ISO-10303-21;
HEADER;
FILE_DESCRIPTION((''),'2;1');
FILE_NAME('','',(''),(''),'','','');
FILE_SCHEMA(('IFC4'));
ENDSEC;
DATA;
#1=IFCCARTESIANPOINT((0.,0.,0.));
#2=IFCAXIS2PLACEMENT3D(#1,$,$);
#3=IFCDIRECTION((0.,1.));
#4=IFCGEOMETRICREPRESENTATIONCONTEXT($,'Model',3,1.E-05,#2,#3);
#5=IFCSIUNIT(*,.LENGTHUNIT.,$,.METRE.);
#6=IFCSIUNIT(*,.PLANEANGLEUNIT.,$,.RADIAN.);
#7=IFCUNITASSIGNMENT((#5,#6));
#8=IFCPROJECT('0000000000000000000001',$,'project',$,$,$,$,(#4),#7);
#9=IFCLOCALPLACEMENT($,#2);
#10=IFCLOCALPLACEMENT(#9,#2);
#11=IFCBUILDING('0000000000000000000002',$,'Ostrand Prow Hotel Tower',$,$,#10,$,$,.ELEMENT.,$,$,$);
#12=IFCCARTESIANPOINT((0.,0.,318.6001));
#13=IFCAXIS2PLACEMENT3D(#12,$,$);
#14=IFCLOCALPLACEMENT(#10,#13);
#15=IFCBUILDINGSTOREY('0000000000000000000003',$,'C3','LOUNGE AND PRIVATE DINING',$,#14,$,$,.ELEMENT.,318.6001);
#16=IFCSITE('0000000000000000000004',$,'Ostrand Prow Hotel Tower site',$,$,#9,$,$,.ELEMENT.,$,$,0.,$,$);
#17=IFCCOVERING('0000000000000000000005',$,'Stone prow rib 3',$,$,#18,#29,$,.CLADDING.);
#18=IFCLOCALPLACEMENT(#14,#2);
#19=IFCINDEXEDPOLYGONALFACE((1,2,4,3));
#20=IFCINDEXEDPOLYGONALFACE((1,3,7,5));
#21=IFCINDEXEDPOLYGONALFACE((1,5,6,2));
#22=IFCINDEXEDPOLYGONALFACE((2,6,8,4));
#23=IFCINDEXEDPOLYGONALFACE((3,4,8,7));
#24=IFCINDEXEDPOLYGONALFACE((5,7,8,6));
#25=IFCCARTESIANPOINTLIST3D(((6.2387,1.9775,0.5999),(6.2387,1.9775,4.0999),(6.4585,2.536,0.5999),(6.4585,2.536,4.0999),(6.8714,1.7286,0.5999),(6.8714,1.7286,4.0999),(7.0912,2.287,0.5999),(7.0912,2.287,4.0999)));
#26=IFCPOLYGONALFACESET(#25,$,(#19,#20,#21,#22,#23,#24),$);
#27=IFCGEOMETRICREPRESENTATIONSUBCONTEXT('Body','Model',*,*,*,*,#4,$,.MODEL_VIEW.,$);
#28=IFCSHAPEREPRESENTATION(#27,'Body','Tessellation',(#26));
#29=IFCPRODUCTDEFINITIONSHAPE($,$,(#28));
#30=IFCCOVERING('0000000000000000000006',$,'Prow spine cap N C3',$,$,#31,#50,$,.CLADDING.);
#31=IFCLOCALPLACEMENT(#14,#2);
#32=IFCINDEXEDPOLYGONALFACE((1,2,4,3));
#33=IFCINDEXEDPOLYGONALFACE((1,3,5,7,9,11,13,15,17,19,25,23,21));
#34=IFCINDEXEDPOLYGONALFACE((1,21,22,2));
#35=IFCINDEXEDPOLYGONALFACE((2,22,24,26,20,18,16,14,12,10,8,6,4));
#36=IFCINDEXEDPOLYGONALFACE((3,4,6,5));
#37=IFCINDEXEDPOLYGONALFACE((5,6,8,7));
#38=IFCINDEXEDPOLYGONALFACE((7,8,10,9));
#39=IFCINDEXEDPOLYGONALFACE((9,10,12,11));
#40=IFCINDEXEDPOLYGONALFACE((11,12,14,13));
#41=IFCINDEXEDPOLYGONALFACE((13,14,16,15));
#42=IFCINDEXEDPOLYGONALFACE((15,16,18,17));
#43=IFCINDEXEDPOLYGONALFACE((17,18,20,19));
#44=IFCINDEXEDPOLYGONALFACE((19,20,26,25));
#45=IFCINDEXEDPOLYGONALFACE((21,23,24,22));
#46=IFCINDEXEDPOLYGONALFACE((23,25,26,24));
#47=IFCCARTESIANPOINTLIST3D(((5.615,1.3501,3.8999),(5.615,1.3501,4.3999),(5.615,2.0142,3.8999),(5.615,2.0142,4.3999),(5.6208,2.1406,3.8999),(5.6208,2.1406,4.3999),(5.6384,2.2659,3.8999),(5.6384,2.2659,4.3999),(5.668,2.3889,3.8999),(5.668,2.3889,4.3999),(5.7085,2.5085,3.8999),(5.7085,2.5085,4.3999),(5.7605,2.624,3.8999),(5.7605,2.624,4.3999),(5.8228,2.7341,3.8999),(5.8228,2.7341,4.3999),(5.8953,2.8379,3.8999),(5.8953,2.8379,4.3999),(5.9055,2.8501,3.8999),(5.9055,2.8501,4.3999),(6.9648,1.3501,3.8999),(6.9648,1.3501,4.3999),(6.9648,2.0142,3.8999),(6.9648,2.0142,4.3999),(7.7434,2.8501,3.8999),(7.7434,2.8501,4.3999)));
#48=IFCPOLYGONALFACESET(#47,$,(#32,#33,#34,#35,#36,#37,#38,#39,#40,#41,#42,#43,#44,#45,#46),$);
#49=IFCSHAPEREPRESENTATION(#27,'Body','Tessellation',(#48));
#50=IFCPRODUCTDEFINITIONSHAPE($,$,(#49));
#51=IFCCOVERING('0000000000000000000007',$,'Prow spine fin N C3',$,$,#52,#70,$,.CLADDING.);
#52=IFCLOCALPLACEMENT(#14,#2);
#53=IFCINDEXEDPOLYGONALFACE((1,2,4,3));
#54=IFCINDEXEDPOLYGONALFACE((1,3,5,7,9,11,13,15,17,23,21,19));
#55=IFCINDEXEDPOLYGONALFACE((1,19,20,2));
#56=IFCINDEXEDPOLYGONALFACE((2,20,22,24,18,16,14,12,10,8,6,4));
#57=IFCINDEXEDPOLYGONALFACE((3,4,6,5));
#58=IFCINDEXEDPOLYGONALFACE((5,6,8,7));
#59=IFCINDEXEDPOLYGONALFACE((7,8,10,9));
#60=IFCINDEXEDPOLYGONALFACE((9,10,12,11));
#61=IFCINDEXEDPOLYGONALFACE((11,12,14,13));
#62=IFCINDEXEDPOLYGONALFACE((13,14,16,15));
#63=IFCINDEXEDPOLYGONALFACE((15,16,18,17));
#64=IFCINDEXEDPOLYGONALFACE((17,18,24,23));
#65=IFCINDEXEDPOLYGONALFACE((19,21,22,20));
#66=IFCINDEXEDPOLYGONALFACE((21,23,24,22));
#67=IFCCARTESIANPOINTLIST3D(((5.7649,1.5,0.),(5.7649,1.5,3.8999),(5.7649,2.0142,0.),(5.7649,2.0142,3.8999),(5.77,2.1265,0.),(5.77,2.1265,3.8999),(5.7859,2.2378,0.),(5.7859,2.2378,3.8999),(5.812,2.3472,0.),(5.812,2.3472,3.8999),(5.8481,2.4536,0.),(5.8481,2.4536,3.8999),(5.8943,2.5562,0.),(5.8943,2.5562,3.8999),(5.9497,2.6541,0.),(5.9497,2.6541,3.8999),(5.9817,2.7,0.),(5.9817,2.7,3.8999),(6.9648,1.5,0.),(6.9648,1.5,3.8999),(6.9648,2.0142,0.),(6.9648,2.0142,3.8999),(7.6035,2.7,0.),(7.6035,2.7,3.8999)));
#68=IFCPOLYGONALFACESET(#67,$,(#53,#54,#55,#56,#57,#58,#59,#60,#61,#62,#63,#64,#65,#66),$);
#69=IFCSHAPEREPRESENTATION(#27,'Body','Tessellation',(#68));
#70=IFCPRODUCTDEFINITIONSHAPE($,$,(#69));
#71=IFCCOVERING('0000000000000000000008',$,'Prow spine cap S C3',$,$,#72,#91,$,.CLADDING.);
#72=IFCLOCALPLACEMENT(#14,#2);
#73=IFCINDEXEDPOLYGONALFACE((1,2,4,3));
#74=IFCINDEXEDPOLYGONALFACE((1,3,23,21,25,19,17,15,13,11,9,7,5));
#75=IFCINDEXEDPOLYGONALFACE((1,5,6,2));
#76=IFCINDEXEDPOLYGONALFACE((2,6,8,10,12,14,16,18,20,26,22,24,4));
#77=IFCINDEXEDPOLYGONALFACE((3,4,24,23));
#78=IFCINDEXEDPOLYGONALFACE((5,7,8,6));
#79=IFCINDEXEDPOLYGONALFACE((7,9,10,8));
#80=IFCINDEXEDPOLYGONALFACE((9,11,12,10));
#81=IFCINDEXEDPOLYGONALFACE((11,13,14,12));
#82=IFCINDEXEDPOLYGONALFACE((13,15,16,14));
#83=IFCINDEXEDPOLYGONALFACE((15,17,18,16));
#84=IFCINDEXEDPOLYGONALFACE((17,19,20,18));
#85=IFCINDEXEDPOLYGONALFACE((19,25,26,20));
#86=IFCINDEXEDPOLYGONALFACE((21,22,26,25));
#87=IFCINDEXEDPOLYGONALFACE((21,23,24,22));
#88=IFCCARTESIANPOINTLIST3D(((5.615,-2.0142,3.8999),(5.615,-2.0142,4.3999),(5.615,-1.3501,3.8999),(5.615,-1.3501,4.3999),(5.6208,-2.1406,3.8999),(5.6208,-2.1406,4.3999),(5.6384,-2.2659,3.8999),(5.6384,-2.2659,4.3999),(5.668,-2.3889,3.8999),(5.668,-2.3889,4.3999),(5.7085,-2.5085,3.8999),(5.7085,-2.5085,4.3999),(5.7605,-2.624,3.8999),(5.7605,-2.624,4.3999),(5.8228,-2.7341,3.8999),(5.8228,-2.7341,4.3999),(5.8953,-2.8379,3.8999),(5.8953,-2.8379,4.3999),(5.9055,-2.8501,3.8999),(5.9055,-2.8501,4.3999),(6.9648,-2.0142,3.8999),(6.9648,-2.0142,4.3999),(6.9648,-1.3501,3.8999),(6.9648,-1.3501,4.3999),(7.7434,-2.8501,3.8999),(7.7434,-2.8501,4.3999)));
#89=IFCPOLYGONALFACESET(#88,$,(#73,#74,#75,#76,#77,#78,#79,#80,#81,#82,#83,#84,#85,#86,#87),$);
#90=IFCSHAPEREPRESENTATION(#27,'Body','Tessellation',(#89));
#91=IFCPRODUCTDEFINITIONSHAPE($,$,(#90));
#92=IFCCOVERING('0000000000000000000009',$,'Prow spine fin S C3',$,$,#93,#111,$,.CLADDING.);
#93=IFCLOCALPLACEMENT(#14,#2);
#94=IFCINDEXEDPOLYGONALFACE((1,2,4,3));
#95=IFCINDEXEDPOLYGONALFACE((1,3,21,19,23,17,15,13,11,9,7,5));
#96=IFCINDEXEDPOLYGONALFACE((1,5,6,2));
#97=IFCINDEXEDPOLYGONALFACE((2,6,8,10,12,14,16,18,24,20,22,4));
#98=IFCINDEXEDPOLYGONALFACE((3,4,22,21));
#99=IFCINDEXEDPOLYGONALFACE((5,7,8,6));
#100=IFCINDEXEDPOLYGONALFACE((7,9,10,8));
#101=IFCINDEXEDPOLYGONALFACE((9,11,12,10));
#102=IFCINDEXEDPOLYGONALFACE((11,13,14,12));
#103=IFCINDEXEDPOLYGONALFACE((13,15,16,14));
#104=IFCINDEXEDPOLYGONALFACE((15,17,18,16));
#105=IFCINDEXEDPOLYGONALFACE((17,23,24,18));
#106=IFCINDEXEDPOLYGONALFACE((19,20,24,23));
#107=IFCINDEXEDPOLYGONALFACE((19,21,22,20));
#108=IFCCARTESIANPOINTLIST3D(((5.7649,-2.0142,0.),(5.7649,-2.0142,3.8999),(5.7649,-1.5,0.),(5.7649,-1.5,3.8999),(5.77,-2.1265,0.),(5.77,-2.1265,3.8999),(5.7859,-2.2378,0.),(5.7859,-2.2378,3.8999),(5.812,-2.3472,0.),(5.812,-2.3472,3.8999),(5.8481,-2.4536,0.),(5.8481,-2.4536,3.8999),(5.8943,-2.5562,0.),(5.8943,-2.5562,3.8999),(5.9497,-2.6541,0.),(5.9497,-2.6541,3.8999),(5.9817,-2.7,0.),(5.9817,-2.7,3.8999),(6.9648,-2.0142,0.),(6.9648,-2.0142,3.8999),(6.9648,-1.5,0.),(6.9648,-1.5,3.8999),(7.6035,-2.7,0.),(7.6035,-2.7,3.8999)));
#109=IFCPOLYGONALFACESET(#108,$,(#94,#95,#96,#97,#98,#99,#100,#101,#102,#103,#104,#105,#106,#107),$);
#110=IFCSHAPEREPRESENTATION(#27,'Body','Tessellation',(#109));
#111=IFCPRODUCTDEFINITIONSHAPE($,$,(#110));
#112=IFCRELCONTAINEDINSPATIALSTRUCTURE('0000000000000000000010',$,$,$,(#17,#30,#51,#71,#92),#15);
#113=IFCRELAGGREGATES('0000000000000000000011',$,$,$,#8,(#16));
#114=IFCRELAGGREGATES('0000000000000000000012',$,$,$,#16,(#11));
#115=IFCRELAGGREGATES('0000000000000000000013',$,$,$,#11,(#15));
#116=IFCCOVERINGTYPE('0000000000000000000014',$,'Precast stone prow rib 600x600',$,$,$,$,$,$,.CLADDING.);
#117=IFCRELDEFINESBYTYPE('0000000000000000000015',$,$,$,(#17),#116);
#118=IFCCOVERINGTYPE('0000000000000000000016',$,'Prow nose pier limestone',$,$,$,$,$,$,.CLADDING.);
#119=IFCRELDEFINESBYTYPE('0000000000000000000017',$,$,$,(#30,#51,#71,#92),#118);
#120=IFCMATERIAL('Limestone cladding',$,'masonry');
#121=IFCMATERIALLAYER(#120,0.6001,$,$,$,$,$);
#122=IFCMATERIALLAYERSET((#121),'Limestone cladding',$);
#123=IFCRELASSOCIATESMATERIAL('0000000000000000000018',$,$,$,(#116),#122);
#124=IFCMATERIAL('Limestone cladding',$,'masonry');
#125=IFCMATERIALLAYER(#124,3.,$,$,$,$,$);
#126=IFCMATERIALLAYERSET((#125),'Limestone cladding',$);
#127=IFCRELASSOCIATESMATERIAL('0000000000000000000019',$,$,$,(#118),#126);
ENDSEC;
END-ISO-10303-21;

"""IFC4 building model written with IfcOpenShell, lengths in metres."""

from ifc_helpers import new_model, si_unit, direction, frame, frame_2d, origin, place, context, subcontext, project, spatial, polyline, rectangle, outline, extrude, material, layer, layer_set, type_object, element, save


model = new_model("IFC4")

# Units and contexts
model_context = context("Model", 3, precision=1e-05, world=origin(), true_north=direction((0.0, 1.0)))
body_context = subcontext(model_context, "Body", "Model", "MODEL_VIEW")
ifc_project = project(units=[si_unit("LENGTHUNIT", "METRE"), si_unit("PLANEANGLEUNIT", "RADIAN")], contexts=[model_context])

# Site, building, storey
site_placement = place(None, origin())
site = spatial("IfcSite", under=ifc_project, at=site_placement, Name="Ostrand Prow Hotel Tower site", CompositionType="ELEMENT", RefElevation=0.0)
building_placement = place(site_placement, origin())
building = spatial("IfcBuilding", under=site, at=building_placement, Name="Ostrand Prow Hotel Tower", CompositionType="ELEMENT")
storey_placement = place(building_placement, frame((0.0, 0.0, 318.6001)))
storey = spatial("IfcBuildingStorey", under=building, at=storey_placement, Name="C3", Description="LOUNGE AND PRIVATE DINING", CompositionType="ELEMENT", Elevation=318.6001)

# Coverings
ifc_material_1 = material(Name="Limestone cladding", Category="masonry")
ifc_layer_1 = layer(ifc_material_1, 0.6001)
ifc_layer_set_1 = layer_set([ifc_layer_1], Name="Limestone cladding")
covering_type_1 = type_object("IfcCoveringType", Name="Precast stone prow rib 600x600", PredefinedType="CLADDING", material=ifc_layer_set_1)
covering_1_placement = place(storey_placement, frame((6.9812, 2.0078, 0.5999), z_axis=(0.0, 0.0, 1.0), x_axis=(-0.930542, 0.366185, 0.0)))
element("IfcCovering", 1, at=covering_1_placement, inside=storey, type_object=covering_type_1, Name="Stone prow rib 3", PredefinedType="CLADDING", context=body_context, shape_type="SweptSolid", body=[
    extrude(rectangle(XDim=0.6799, YDim=0.6001, at=frame_2d((0.3398, 0.0))), origin(), (0.0, 0.0, 1.0), 3.5),
])
ifc_material_2 = material(Name="Limestone cladding", Category="masonry")
ifc_layer_2 = layer(ifc_material_2, 3.0)
ifc_layer_set_2 = layer_set([ifc_layer_2], Name="Limestone cladding")
covering_type_2 = type_object("IfcCoveringType", Name="Prow nose pier limestone", PredefinedType="CLADDING", material=ifc_layer_set_2)
covering_2_placement = place(storey_placement, frame((0.0, 0.0, 3.8999)))
element("IfcCovering", 2, at=covering_2_placement, inside=storey, type_object=covering_type_2, Name="Prow spine cap N C3", PredefinedType="CLADDING", context=body_context, shape_type="SweptSolid", body=[
    extrude(outline(polyline([(5.615, 2.0142), (5.615, 1.3501), (6.9648, 1.3501), (6.9648, 2.0142), (7.7434, 2.8501), (5.9055, 2.8501), (5.8953, 2.8379), (5.8228, 2.7341), (5.7605, 2.624), (5.7085, 2.5085), (5.668, 2.3889), (5.6384, 2.2659), (5.6208, 2.1406), (5.615, 2.0142)])), origin(), (0.0, 0.0, 1.0), 0.5),
])
covering_3_placement = place(storey_placement, origin())
element("IfcCovering", 3, at=covering_3_placement, inside=storey, type_object=covering_type_2, Name="Prow spine fin N C3", PredefinedType="CLADDING", context=body_context, shape_type="SweptSolid", body=[
    extrude(outline(polyline([(5.7649, 2.0142), (5.7649, 1.5), (6.9648, 1.5), (6.9648, 2.0142), (7.6035, 2.7), (5.9817, 2.7), (5.9497, 2.6541), (5.8943, 2.5562), (5.8481, 2.4536), (5.812, 2.3472), (5.7859, 2.2378), (5.77, 2.1265), (5.7649, 2.0142)])), origin(), (0.0, 0.0, 1.0), 3.8999),
])
covering_4_placement = place(storey_placement, frame((0.0, 0.0, 3.8999)))
element("IfcCovering", 4, at=covering_4_placement, inside=storey, type_object=covering_type_2, Name="Prow spine cap S C3", PredefinedType="CLADDING", context=body_context, shape_type="SweptSolid", body=[
    extrude(outline(polyline([(5.8953, -2.8379), (5.9055, -2.8501), (7.7434, -2.8501), (6.9648, -2.0142), (6.9648, -1.3501), (5.615, -1.3501), (5.615, -2.0142), (5.6208, -2.1406), (5.6384, -2.2659), (5.668, -2.3889), (5.7085, -2.5085), (5.7605, -2.624), (5.8228, -2.7341), (5.8953, -2.8379)])), origin(), (0.0, 0.0, 1.0), 0.5),
])
covering_5_placement = place(storey_placement, origin())
element("IfcCovering", 5, at=covering_5_placement, inside=storey, type_object=covering_type_2, Name="Prow spine fin S C3", PredefinedType="CLADDING", context=body_context, shape_type="SweptSolid", body=[
    extrude(outline(polyline([(5.9497, -2.6541), (5.9817, -2.7), (7.6035, -2.7), (6.9648, -2.0142), (6.9648, -1.5), (5.7649, -1.5), (5.7649, -2.0142), (5.77, -2.1265), (5.7859, -2.2378), (5.812, -2.3472), (5.8481, -2.4536), (5.8943, -2.5562), (5.9497, -2.6541)])), origin(), (0.0, 0.0, 1.0), 3.8999),
])

save(model, "model.ifc")
